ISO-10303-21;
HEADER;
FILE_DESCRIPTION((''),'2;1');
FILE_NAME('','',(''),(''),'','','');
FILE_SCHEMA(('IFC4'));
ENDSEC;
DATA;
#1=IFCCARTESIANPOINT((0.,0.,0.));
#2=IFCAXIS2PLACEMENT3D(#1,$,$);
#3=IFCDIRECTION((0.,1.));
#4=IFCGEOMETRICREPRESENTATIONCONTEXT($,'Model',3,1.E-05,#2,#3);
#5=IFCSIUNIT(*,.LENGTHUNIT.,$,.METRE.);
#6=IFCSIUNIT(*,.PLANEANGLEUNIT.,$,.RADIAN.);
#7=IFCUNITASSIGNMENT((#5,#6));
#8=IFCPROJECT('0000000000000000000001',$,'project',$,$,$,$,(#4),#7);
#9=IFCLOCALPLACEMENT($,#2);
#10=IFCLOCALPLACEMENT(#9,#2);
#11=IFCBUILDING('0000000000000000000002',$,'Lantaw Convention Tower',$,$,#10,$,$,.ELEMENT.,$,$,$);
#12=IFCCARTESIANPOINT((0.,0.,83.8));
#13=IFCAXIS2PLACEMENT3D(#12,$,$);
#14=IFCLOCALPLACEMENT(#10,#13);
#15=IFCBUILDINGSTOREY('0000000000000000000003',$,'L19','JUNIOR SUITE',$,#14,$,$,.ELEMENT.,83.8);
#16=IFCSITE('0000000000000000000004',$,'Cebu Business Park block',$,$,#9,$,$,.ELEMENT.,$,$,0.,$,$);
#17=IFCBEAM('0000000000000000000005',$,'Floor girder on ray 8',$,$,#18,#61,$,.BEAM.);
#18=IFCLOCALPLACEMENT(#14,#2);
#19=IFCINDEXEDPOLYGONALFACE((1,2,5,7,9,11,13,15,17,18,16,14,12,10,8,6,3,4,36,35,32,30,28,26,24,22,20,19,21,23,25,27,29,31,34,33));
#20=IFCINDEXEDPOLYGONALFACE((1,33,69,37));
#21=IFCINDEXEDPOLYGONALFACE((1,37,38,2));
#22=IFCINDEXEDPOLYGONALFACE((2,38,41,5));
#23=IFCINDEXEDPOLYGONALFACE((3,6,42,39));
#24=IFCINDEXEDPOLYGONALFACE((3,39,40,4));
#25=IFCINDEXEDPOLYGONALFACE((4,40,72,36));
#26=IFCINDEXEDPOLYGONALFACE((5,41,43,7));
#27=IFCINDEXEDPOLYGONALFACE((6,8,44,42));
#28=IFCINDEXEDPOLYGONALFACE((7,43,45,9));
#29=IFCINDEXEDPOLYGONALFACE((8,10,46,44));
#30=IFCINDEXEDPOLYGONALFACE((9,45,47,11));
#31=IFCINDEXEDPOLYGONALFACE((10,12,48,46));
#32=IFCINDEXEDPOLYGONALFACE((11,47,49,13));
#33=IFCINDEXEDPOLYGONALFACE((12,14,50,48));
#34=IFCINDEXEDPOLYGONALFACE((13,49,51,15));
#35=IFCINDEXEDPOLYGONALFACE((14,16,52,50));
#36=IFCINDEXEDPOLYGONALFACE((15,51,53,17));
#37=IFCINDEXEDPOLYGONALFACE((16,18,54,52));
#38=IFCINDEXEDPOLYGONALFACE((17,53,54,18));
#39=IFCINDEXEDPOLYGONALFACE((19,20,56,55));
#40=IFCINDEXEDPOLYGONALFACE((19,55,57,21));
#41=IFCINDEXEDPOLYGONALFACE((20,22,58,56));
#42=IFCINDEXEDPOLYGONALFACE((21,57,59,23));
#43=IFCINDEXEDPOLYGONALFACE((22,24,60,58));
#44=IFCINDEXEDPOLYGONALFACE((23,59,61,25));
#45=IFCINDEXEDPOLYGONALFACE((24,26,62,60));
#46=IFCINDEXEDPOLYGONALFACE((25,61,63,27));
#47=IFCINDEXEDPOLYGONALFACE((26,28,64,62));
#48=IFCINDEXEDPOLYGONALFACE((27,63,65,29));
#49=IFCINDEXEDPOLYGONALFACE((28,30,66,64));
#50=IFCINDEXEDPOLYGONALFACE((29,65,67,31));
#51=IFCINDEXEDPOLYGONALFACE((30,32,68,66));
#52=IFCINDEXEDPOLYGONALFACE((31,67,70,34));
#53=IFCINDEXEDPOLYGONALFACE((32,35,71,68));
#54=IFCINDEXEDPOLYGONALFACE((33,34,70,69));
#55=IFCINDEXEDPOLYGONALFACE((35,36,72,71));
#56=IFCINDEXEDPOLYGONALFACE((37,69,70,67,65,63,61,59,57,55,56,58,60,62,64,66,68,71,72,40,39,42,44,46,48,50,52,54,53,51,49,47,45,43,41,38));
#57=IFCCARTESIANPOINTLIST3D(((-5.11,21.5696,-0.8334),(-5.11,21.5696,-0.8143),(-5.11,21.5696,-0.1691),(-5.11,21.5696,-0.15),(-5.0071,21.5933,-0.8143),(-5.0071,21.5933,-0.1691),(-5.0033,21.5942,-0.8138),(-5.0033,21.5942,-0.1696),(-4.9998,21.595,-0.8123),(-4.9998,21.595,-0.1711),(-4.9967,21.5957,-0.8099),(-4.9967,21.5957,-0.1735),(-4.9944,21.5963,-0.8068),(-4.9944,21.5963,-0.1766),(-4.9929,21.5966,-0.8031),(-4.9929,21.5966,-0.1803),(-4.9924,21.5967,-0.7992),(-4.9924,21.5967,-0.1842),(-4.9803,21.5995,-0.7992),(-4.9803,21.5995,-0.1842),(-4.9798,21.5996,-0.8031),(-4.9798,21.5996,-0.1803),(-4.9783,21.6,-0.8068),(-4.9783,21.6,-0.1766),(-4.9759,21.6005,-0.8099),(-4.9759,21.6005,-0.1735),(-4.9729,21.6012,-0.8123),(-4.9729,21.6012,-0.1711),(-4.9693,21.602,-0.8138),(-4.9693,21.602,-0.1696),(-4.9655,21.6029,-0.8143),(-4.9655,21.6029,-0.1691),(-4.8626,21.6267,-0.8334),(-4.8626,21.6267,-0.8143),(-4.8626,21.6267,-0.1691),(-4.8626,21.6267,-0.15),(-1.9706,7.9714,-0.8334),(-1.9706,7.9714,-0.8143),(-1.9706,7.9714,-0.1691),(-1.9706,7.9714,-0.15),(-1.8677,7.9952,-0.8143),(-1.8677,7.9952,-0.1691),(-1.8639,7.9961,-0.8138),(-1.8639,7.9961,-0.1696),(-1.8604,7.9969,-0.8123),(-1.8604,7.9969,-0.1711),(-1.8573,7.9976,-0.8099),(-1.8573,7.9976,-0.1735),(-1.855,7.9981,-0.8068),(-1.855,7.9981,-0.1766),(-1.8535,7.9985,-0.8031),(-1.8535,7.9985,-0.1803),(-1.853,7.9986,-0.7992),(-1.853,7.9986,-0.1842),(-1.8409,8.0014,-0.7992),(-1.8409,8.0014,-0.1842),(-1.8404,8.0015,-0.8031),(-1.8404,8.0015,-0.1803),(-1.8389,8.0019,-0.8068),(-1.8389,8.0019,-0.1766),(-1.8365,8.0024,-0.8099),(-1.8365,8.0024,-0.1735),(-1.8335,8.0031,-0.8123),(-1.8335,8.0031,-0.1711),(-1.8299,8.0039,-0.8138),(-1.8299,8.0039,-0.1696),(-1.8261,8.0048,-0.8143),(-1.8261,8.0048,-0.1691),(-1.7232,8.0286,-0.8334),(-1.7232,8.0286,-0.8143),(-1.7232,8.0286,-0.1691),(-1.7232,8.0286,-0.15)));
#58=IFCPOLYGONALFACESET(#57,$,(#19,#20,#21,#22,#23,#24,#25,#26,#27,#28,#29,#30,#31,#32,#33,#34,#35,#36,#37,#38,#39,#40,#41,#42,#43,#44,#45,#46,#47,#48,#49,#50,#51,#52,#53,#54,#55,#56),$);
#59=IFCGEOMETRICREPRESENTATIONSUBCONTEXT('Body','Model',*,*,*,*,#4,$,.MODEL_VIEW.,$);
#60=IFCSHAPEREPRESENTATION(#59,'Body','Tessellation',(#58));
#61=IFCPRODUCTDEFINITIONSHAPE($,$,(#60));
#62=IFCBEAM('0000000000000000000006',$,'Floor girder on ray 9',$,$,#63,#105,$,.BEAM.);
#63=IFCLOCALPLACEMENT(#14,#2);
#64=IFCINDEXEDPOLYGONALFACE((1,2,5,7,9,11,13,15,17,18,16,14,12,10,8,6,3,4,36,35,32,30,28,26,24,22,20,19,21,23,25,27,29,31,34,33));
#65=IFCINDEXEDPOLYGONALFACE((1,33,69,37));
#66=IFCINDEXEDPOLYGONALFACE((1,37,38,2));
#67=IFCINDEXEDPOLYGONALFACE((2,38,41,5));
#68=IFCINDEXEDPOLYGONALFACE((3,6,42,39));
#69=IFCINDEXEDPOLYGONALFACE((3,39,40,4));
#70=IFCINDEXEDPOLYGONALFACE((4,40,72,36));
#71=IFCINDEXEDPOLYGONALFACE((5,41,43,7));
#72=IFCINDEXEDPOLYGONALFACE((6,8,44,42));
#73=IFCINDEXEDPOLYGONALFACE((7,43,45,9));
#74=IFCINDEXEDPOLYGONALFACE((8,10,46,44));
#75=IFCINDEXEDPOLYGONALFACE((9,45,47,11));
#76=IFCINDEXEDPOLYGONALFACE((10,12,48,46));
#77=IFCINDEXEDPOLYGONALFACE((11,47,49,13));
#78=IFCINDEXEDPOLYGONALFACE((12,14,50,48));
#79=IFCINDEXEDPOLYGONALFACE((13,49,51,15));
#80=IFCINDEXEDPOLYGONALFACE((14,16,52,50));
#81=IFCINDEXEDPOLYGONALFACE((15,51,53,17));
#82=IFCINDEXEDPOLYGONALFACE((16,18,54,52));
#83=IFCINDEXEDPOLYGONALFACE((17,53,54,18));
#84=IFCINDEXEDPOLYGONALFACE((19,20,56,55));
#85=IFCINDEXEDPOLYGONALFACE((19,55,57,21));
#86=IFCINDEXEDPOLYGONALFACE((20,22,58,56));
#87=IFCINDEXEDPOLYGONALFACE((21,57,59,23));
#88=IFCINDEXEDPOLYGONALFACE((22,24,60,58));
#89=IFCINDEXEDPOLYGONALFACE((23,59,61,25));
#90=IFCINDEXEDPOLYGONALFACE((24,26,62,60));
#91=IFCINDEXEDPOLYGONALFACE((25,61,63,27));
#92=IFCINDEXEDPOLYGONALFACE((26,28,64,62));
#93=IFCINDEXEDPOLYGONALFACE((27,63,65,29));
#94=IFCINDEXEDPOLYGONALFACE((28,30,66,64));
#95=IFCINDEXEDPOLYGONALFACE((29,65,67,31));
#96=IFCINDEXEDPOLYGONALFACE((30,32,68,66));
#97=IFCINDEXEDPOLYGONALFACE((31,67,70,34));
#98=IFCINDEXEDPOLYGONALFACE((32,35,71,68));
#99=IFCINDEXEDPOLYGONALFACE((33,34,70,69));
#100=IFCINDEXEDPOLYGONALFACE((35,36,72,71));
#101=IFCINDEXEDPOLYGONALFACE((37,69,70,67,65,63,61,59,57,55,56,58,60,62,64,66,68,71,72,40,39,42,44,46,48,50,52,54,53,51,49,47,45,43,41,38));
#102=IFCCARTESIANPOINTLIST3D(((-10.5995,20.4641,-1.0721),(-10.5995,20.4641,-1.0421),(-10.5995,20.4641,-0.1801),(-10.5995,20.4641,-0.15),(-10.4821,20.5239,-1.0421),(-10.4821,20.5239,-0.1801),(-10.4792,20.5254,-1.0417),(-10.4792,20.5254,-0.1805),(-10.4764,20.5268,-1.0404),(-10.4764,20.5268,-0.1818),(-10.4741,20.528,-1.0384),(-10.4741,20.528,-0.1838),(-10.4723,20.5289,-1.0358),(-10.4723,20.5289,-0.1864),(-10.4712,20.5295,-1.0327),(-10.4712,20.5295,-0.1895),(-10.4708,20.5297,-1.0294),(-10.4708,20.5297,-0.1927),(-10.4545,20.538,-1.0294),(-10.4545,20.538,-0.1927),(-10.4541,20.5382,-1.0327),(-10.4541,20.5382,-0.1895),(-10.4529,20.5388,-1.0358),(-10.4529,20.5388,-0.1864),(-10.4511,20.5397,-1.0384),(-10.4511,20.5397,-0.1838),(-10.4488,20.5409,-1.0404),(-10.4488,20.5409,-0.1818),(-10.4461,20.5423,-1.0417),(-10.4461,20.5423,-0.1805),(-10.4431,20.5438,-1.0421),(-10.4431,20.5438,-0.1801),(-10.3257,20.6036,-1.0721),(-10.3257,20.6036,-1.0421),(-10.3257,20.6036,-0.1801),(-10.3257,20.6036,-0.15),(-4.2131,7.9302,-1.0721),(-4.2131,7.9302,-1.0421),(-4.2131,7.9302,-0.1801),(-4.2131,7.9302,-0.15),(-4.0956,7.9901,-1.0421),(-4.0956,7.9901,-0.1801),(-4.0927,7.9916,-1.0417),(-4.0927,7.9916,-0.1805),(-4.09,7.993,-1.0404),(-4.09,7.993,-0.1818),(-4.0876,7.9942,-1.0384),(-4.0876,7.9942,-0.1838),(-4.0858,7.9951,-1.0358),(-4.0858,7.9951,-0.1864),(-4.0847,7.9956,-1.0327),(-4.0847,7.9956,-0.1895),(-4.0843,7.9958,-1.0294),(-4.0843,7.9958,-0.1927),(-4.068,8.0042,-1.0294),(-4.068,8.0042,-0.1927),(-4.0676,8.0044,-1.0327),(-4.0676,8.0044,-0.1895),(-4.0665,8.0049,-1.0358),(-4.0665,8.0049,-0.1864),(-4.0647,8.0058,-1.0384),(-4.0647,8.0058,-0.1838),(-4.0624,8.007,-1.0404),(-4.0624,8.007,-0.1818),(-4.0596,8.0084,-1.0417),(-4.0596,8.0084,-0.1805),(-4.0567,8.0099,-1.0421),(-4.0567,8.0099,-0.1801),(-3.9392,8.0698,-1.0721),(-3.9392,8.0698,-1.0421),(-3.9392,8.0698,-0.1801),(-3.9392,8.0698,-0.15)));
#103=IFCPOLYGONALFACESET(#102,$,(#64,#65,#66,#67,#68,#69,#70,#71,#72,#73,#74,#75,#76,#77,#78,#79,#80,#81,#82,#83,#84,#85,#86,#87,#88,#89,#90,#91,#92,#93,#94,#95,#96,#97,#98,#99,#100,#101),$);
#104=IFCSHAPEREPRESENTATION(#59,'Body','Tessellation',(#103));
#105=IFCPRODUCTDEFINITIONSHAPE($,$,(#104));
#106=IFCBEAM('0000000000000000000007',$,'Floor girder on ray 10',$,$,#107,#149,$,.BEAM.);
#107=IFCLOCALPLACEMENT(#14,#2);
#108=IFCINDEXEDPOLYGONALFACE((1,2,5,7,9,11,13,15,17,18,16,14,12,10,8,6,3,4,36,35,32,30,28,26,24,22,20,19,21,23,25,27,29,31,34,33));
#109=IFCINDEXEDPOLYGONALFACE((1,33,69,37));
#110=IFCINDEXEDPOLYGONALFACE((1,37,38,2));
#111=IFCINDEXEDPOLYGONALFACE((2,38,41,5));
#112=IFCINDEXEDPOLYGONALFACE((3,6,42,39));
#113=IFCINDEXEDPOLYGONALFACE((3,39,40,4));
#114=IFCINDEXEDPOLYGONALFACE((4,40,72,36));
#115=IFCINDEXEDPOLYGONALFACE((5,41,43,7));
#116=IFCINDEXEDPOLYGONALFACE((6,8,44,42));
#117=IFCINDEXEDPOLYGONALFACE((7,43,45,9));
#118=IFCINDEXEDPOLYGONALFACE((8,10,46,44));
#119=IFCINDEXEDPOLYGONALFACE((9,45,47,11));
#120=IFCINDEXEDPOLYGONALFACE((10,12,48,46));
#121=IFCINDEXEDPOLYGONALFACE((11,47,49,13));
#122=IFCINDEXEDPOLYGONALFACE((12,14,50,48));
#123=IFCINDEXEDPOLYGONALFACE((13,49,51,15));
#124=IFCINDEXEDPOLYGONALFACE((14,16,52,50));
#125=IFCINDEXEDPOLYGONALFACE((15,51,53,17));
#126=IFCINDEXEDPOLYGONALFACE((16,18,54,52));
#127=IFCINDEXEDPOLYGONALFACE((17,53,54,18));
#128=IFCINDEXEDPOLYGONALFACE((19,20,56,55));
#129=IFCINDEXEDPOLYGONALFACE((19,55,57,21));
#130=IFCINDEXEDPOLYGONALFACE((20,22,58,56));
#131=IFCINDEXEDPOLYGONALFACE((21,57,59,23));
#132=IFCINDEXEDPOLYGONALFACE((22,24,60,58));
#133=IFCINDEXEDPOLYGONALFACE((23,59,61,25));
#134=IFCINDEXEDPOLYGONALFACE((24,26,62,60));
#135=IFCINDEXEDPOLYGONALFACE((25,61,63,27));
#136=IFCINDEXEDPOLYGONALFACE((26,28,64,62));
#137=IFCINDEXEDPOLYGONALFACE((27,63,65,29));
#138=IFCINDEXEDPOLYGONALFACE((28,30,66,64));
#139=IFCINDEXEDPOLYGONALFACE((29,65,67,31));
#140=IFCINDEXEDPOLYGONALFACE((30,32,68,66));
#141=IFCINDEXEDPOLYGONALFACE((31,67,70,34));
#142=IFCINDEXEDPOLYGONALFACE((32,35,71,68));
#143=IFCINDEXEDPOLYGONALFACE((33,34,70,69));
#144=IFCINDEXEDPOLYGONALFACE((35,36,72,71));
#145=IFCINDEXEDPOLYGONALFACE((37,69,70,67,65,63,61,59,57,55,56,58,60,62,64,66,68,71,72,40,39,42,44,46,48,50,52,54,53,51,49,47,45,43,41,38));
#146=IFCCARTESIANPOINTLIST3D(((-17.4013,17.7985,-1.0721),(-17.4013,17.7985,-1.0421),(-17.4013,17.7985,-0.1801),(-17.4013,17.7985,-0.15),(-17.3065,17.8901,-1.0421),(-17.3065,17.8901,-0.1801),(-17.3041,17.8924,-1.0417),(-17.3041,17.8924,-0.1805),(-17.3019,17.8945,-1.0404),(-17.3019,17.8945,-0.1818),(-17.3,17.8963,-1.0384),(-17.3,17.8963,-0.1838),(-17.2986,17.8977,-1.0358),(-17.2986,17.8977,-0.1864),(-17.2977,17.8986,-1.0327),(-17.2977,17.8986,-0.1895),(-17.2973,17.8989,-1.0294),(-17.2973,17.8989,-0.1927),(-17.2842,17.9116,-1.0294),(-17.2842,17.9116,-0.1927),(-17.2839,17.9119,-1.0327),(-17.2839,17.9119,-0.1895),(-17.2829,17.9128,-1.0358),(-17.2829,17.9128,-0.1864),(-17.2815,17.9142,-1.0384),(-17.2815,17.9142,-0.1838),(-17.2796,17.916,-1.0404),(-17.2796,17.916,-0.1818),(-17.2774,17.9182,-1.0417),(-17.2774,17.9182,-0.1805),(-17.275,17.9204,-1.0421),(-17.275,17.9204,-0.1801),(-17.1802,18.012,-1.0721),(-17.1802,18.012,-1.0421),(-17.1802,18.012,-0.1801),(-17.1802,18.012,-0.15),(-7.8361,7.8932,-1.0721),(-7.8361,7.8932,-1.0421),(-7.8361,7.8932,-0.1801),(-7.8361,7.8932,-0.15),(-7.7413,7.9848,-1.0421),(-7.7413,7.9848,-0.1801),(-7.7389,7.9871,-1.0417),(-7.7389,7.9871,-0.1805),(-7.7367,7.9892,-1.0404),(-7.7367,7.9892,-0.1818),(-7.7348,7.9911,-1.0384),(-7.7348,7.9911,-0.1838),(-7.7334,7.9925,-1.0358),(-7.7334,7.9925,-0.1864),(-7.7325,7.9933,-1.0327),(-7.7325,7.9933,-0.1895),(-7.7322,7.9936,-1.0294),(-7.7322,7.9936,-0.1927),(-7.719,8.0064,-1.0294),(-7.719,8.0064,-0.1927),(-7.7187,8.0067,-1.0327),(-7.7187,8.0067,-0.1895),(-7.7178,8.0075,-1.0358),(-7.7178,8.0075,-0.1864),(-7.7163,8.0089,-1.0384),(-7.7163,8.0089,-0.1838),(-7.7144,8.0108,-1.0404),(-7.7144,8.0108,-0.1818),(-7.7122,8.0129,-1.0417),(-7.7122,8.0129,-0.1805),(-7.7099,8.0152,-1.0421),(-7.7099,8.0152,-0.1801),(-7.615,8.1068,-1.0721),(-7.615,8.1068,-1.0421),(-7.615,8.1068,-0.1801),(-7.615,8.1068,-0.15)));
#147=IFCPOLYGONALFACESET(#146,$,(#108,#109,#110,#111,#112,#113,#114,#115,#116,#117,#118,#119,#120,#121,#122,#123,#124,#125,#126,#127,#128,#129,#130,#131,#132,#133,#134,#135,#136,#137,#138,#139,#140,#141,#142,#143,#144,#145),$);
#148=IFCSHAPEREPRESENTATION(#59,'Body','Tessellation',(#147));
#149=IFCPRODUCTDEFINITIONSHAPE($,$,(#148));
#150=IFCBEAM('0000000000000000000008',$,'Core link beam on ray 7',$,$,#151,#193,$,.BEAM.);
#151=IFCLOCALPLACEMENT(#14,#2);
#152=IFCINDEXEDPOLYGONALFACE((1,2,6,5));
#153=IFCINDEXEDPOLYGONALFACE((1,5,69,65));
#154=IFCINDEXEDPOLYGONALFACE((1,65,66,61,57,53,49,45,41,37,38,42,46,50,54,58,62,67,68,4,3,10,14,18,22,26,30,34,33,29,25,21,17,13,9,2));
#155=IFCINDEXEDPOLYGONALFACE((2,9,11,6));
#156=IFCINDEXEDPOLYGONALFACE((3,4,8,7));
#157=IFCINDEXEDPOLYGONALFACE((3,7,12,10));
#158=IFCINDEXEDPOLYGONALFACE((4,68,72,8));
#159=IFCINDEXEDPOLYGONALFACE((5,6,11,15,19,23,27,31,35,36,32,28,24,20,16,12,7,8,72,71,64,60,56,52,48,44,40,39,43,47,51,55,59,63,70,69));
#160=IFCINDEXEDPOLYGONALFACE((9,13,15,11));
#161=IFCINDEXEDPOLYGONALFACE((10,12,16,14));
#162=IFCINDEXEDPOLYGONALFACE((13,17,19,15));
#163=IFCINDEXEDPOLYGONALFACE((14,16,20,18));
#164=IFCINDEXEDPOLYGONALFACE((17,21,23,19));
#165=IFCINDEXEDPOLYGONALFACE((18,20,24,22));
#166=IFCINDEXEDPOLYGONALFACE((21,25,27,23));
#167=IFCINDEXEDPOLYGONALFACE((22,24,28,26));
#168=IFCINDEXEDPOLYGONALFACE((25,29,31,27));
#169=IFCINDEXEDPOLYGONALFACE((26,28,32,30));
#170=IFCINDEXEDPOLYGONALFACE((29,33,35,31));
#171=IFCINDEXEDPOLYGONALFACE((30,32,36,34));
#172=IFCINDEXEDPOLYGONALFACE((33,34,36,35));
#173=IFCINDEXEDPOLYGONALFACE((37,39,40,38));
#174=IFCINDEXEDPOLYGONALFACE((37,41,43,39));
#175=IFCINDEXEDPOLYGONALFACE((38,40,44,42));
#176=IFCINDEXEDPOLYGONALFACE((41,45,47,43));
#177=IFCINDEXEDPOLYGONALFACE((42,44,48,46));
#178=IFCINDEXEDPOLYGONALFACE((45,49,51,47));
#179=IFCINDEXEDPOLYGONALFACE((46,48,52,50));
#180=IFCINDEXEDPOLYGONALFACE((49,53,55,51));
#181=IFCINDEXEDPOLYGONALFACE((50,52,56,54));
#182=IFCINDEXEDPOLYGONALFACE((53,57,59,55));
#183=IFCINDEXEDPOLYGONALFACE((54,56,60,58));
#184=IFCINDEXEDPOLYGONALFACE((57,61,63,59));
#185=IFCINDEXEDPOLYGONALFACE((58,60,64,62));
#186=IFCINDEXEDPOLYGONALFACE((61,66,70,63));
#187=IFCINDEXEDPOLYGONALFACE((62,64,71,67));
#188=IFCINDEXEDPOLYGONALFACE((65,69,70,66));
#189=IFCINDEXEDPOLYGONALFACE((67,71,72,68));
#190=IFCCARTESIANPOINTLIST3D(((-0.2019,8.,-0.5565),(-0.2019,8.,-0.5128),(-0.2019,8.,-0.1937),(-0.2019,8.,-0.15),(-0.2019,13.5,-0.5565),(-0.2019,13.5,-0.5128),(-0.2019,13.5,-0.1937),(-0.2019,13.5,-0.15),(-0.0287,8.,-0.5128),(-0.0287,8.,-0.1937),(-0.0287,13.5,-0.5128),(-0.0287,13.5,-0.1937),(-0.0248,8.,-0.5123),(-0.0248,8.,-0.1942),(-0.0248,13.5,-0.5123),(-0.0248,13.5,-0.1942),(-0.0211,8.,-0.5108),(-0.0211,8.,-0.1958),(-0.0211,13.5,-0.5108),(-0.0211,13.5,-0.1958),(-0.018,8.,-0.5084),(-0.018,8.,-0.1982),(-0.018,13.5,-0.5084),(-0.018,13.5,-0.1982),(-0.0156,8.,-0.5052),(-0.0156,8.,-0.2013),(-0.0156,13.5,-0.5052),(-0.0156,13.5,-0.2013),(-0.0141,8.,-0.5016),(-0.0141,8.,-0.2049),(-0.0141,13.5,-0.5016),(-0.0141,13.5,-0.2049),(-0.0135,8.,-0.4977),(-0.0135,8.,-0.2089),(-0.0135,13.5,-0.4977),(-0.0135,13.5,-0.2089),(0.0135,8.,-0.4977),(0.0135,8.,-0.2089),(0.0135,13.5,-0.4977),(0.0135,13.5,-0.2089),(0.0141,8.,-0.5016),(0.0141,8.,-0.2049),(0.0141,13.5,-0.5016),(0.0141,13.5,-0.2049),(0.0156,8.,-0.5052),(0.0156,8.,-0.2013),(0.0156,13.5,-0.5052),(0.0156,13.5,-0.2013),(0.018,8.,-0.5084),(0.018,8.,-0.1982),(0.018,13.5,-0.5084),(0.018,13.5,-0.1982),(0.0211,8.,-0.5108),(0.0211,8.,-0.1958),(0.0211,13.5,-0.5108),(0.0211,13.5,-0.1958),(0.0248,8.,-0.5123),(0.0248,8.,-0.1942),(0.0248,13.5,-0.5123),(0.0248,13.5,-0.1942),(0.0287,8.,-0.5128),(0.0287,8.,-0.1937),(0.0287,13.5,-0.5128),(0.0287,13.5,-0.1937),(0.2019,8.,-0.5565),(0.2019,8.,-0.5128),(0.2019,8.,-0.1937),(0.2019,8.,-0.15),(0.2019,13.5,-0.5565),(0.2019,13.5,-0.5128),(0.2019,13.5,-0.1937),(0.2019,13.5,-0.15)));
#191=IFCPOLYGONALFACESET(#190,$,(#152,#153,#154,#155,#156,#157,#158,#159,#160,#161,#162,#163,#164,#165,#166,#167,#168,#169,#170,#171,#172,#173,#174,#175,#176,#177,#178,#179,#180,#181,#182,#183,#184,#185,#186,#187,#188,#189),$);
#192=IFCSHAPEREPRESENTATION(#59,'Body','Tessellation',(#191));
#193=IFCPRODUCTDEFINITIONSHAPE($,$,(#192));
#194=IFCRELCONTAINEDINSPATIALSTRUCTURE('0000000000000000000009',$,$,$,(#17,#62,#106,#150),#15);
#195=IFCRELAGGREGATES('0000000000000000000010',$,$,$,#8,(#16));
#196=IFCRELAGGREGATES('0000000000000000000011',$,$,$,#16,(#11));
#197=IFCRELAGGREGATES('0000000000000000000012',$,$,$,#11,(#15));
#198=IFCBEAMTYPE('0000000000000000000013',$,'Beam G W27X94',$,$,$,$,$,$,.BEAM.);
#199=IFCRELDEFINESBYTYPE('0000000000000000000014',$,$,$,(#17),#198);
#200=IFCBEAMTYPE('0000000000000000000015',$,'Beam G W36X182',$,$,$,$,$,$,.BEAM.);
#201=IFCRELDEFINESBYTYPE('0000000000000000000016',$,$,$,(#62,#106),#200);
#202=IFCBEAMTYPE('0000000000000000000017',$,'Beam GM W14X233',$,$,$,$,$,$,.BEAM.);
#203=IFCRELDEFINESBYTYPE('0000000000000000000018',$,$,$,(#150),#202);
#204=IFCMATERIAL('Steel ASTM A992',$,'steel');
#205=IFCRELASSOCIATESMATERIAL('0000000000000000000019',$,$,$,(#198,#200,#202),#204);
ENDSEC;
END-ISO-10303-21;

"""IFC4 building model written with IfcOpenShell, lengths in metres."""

from ifc_helpers import new_model, si_unit, direction, frame, origin, origin_2d, place, context, subcontext, project, spatial, i_section, extrude, material, material_profile, profile_set, type_object, element, save


model = new_model("IFC4")

# Units and contexts
model_context = context("Model", 3, precision=1e-05, world=origin(), true_north=direction((0.0, 1.0)))
body_context = subcontext(model_context, "Body", "Model", "MODEL_VIEW")
ifc_project = project(units=[si_unit("LENGTHUNIT", "METRE"), si_unit("PLANEANGLEUNIT", "RADIAN")], contexts=[model_context])

# Site, building, storey
site_placement = place(None, origin())
site = spatial("IfcSite", under=ifc_project, at=site_placement, Name="Cebu Business Park block", CompositionType="ELEMENT", RefElevation=0.0)
building_placement = place(site_placement, origin())
building = spatial("IfcBuilding", under=site, at=building_placement, Name="Lantaw Convention Tower", CompositionType="ELEMENT")
storey_placement = place(building_placement, frame((0.0, 0.0, 83.8)))
storey = spatial("IfcBuildingStorey", under=building, at=storey_placement, Name="L19", Description="JUNIOR SUITE", CompositionType="ELEMENT", Elevation=83.8)

# Beams
ifc_material_1 = material(Name="Steel ASTM A992", Category="steel")
ifc_material_profile_1 = material_profile(ifc_material_1, i_section(OverallWidth=0.2539, OverallDepth=0.6833, WebThickness=0.0125, FlangeThickness=0.019, FilletRadius=0.0151, at=origin_2d()), Name="W27X94")
ifc_profile_set_1 = profile_set([ifc_material_profile_1], Name="Steel ASTM A992")
beam_type_1 = type_object("IfcBeamType", Name="Beam G W27X94", PredefinedType="BEAM", material=ifc_profile_set_1)
beam_1_placement = place(storey_placement, frame((-1.8469, 8.0, -0.4917), z_axis=(-0.224953, 0.97437, 0.0), x_axis=(-0.97437, -0.224953, 0.0)))
element("IfcBeam", 1, at=beam_1_placement, inside=storey, type_object=beam_type_1, Name="Floor girder on ray 8", PredefinedType="BEAM", context=body_context, shape_type="SweptSolid", body=[
    extrude(i_section(OverallWidth=0.2539, OverallDepth=0.6833, WebThickness=0.0125, FlangeThickness=0.019, FilletRadius=0.0151, at=origin_2d()), origin(), (0.0, 0.0, 1.0), 13.9558),
])
ifc_material_profile_2 = material_profile(ifc_material_1, i_section(OverallWidth=0.3074, OverallDepth=0.9221, WebThickness=0.0183, FlangeThickness=0.03, FilletRadius=0.0127, at=origin_2d()), Name="W36X182")
ifc_profile_set_2 = profile_set([ifc_material_profile_2], Name="Steel ASTM A992")
beam_type_2 = type_object("IfcBeamType", Name="Beam G W36X182", PredefinedType="BEAM", material=ifc_profile_set_2)
beam_2_placement = place(storey_placement, frame((-4.0762, 8.0, -0.6111), z_axis=(-0.453997, 0.891003, 0.0), x_axis=(-0.891003, -0.453997, 0.0)))
element("IfcBeam", 2, at=beam_2_placement, inside=storey, type_object=beam_type_2, Name="Floor girder on ray 9", PredefinedType="BEAM", context=body_context, shape_type="SweptSolid", body=[
    extrude(i_section(OverallWidth=0.3074, OverallDepth=0.9221, WebThickness=0.0183, FlangeThickness=0.03, FilletRadius=0.0127, at=origin_2d()), origin(), (0.0, 0.0, 1.0), 14.0671),
])
beam_3_placement = place(storey_placement, frame((-7.7256, 8.0, -0.6111), z_axis=(-0.69465, 0.719348, 0.0), x_axis=(-0.719348, -0.69465, 0.0)))
element("IfcBeam", 3, at=beam_3_placement, inside=storey, type_object=beam_type_2, Name="Floor girder on ray 10", PredefinedType="BEAM", context=body_context, shape_type="SweptSolid", body=[
    extrude(i_section(OverallWidth=0.3074, OverallDepth=0.9221, WebThickness=0.0183, FlangeThickness=0.03, FilletRadius=0.0127, at=origin_2d()), origin(), (0.0, 0.0, 1.0), 13.7698),
])
ifc_material_profile_3 = material_profile(ifc_material_1, i_section(OverallWidth=0.4038, OverallDepth=0.4065, WebThickness=0.0271, FlangeThickness=0.0437, FilletRadius=0.0151, at=origin_2d()), Name="W14X233")
ifc_profile_set_3 = profile_set([ifc_material_profile_3], Name="Steel ASTM A992")
beam_type_3 = type_object("IfcBeamType", Name="Beam GM W14X233", PredefinedType="BEAM", material=ifc_profile_set_3)
beam_4_placement = place(storey_placement, frame((0.0, 8.0, -0.3533), z_axis=(0.0, 1.0, 0.0), x_axis=(-1.0, 0.0, 0.0)))
element("IfcBeam", 4, at=beam_4_placement, inside=storey, type_object=beam_type_3, Name="Core link beam on ray 7", PredefinedType="BEAM", context=body_context, shape_type="SweptSolid", body=[
    extrude(i_section(OverallWidth=0.4038, OverallDepth=0.4065, WebThickness=0.0271, FlangeThickness=0.0437, FilletRadius=0.0151, at=origin_2d()), origin(), (0.0, 0.0, 1.0), 5.5),
])

save(model, "model.ifc")
